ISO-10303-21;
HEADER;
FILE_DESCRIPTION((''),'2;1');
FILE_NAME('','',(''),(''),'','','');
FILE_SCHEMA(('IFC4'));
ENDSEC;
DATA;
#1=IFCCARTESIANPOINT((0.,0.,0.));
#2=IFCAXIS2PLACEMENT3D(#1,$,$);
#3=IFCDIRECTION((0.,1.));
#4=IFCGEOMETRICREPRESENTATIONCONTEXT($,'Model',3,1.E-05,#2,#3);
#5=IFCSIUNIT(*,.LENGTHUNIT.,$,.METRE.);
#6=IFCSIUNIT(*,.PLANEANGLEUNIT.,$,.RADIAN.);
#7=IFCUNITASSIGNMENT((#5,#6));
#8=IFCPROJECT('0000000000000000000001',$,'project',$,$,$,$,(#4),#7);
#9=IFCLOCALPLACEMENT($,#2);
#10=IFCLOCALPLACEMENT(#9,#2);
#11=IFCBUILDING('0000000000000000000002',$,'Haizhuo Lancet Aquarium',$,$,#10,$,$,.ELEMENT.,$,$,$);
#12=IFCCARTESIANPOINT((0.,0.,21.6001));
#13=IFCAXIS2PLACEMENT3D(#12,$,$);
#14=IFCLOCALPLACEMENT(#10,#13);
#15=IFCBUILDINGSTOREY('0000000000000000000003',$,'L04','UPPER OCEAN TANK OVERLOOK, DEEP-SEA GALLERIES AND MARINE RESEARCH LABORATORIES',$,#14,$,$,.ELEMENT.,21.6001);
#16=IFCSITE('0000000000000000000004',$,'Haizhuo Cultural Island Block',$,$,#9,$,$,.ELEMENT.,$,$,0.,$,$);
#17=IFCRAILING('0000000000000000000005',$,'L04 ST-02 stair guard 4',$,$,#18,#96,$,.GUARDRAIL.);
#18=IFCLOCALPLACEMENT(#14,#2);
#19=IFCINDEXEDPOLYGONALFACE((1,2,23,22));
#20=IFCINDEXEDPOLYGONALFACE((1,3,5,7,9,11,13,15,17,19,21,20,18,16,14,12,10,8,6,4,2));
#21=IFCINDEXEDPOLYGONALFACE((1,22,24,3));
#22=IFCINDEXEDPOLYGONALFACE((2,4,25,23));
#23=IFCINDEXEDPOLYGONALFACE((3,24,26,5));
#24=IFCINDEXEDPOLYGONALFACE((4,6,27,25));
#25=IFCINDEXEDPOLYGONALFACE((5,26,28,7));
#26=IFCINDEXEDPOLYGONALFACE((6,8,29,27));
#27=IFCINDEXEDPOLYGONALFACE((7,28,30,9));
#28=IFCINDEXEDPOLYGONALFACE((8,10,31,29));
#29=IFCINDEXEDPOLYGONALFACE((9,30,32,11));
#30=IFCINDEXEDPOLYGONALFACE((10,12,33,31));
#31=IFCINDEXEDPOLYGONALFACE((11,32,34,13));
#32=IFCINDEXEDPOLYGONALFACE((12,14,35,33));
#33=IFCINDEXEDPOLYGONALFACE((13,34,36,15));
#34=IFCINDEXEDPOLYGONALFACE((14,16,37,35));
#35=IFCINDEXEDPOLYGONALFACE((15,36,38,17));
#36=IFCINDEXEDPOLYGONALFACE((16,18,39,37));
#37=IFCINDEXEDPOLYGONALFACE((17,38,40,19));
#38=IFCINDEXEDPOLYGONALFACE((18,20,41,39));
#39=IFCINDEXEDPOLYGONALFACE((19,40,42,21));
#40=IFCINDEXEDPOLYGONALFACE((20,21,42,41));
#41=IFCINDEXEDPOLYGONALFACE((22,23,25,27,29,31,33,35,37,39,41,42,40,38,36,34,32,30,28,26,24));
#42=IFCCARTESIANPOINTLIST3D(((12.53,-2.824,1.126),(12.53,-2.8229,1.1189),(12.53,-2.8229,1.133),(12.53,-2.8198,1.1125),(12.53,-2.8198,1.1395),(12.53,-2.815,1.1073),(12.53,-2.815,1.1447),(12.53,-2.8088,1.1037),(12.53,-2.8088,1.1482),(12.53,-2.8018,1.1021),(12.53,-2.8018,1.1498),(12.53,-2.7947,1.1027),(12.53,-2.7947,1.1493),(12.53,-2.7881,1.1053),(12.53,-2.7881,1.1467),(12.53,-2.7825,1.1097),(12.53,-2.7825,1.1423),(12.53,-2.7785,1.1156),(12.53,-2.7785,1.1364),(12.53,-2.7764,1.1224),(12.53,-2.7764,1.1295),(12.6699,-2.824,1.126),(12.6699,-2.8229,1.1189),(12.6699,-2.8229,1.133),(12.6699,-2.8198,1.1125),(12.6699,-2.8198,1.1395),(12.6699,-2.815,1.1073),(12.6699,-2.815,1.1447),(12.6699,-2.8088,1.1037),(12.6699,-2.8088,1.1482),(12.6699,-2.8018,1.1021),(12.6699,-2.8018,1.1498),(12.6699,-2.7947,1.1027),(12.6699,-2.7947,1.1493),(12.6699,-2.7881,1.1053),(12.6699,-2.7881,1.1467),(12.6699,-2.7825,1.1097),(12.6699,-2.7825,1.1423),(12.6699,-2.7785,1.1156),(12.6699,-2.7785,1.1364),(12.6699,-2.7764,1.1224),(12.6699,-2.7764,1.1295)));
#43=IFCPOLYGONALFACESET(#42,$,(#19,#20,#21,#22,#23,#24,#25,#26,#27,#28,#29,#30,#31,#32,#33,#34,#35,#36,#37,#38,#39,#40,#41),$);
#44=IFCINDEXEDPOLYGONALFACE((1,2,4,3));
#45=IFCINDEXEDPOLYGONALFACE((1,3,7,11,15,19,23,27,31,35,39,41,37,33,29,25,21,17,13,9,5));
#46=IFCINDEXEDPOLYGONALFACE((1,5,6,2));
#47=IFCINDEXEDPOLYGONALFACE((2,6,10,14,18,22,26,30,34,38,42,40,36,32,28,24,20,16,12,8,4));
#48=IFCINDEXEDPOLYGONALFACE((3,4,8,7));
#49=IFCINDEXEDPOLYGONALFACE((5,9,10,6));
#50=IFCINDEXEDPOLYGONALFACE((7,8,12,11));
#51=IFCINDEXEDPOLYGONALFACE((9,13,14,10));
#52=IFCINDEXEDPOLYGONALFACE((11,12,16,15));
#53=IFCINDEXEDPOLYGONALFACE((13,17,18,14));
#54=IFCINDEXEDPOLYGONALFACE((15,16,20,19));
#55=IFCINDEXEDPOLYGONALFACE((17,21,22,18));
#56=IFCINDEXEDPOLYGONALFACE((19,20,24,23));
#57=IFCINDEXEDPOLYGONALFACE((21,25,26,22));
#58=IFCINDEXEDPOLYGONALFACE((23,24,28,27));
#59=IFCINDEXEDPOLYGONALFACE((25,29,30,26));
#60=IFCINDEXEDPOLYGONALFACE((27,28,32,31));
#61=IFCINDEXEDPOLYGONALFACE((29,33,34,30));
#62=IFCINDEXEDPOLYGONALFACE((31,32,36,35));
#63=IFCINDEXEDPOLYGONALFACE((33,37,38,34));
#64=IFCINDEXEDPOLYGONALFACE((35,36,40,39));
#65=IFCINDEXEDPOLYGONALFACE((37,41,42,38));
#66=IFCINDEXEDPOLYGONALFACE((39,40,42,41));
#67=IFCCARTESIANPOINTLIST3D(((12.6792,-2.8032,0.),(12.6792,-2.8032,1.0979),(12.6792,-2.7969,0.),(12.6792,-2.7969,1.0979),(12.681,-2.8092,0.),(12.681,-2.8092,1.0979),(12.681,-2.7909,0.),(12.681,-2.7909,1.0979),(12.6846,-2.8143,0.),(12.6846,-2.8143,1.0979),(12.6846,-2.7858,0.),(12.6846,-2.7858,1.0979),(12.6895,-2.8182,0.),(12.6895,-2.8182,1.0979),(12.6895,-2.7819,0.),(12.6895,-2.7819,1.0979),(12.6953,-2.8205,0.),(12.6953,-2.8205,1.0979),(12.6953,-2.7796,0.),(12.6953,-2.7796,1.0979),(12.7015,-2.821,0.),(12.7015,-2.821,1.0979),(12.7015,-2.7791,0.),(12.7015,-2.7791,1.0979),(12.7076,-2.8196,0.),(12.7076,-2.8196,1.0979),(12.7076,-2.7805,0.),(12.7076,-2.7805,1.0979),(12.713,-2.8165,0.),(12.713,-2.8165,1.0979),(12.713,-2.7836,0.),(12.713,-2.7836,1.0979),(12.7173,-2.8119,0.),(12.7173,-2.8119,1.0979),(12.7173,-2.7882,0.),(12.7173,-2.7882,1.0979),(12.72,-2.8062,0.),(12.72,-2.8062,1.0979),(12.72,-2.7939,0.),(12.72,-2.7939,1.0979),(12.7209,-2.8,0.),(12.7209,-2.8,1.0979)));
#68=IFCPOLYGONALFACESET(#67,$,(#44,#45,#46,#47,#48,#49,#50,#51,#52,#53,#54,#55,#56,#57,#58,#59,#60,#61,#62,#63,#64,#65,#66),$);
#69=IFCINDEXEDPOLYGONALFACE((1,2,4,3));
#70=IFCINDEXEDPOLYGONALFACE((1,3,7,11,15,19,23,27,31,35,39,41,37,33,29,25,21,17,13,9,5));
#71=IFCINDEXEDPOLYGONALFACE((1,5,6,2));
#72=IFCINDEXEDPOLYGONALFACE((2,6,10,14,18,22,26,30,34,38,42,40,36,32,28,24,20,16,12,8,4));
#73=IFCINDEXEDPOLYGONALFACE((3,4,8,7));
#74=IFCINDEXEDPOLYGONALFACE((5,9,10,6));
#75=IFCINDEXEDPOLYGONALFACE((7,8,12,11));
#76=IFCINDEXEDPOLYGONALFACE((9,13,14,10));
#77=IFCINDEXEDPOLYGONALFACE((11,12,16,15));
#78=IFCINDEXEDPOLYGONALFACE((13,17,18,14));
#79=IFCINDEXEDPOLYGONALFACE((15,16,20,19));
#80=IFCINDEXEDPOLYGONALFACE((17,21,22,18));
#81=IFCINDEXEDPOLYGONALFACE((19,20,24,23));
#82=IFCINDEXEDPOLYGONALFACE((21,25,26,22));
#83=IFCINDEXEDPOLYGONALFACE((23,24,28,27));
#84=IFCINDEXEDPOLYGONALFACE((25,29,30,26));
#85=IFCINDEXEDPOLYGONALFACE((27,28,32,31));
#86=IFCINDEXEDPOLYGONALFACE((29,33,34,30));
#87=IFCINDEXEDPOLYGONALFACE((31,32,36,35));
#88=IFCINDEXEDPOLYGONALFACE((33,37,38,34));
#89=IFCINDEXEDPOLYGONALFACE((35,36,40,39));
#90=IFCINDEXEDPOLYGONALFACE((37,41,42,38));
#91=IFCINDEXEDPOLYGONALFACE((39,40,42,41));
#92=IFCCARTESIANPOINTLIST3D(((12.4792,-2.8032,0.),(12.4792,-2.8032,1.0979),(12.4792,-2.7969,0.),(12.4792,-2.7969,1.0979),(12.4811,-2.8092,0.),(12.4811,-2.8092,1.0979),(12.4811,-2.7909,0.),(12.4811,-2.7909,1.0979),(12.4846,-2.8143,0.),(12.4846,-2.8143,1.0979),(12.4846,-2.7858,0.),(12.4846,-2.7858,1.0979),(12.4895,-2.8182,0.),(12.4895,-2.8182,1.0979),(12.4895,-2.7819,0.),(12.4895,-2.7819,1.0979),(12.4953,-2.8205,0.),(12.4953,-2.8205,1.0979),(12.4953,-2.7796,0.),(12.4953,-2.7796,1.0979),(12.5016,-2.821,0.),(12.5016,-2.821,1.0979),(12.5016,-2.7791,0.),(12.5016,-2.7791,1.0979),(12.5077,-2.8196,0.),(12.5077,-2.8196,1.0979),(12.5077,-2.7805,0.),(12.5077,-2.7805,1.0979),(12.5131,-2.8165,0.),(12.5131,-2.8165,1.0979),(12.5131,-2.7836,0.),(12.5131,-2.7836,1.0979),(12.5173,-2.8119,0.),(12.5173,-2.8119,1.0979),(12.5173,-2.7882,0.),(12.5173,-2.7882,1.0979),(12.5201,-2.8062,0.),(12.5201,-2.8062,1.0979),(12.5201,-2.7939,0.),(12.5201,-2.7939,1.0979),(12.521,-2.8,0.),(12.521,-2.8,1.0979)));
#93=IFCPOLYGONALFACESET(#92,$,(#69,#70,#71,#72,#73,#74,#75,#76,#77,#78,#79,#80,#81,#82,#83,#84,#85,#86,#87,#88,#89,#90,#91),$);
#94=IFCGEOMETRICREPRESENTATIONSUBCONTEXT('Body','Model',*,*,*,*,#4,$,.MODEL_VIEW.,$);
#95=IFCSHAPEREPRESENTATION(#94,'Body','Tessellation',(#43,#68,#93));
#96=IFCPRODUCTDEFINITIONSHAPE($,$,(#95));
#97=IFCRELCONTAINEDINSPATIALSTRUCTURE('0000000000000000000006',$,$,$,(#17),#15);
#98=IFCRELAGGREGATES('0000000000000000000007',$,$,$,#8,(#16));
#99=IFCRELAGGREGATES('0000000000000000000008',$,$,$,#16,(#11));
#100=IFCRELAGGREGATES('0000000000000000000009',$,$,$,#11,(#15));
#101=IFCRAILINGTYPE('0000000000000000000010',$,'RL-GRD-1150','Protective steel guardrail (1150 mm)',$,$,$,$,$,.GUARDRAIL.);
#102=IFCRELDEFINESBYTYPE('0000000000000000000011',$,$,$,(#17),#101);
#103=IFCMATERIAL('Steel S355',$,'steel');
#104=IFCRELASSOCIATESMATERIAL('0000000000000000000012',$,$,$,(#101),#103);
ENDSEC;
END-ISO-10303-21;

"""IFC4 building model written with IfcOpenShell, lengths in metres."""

from ifc_helpers import new_model, si_unit, direction, frame, origin, origin_2d, place, context, subcontext, project, spatial, circle, extrude, material, type_object, element, save


model = new_model("IFC4")

# Units and contexts
model_context = context("Model", 3, precision=1e-05, world=origin(), true_north=direction((0.0, 1.0)))
body_context = subcontext(model_context, "Body", "Model", "MODEL_VIEW")
ifc_project = project(units=[si_unit("LENGTHUNIT", "METRE"), si_unit("PLANEANGLEUNIT", "RADIAN")], contexts=[model_context])

# Site, building, storey
site_placement = place(None, origin())
site = spatial("IfcSite", under=ifc_project, at=site_placement, Name="Haizhuo Cultural Island Block", CompositionType="ELEMENT", RefElevation=0.0)
building_placement = place(site_placement, origin())
building = spatial("IfcBuilding", under=site, at=building_placement, Name="Haizhuo Lancet Aquarium", CompositionType="ELEMENT")
storey_placement = place(building_placement, frame((0.0, 0.0, 21.6001)))
storey = spatial("IfcBuildingStorey", under=building, at=storey_placement, Name="L04", Description="UPPER OCEAN TANK OVERLOOK, DEEP-SEA GALLERIES AND MARINE RESEARCH LABORATORIES", CompositionType="ELEMENT", Elevation=21.6001)

# Shared definitions
ifc_material_1 = material(Name="Steel S355", Category="steel")

# Railing
railing_type_1 = type_object("IfcRailingType", Name="RL-GRD-1150", Description="Protective steel guardrail (1150 mm)", PredefinedType="GUARDRAIL", material=ifc_material_1)
railing_1_placement = place(storey_placement, frame((12.7, -2.8, 0.0)))
element("IfcRailing", 1, at=railing_1_placement, inside=storey, type_object=railing_type_1, Name="L04 ST-02 stair guard 4", PredefinedType="GUARDRAIL", context=body_context, shape_type="SweptSolid", body=[
    extrude(circle(Radius=0.0239, at=origin_2d()), frame((-0.03, 0.0, 1.126), z_axis=(-1.0, 0.0, 0.0), x_axis=(0.0, -1.0, 0.0)), (0.0, 0.0, 1.0), 0.1399),
    extrude(circle(Radius=0.021, at=origin_2d()), origin(), (0.0, 0.0, 1.0), 1.0979),
    extrude(circle(Radius=0.021, at=origin_2d()), frame((-0.2, 0.0, 0.0)), (0.0, 0.0, 1.0), 1.0979),
])

save(model, "model.ifc")
